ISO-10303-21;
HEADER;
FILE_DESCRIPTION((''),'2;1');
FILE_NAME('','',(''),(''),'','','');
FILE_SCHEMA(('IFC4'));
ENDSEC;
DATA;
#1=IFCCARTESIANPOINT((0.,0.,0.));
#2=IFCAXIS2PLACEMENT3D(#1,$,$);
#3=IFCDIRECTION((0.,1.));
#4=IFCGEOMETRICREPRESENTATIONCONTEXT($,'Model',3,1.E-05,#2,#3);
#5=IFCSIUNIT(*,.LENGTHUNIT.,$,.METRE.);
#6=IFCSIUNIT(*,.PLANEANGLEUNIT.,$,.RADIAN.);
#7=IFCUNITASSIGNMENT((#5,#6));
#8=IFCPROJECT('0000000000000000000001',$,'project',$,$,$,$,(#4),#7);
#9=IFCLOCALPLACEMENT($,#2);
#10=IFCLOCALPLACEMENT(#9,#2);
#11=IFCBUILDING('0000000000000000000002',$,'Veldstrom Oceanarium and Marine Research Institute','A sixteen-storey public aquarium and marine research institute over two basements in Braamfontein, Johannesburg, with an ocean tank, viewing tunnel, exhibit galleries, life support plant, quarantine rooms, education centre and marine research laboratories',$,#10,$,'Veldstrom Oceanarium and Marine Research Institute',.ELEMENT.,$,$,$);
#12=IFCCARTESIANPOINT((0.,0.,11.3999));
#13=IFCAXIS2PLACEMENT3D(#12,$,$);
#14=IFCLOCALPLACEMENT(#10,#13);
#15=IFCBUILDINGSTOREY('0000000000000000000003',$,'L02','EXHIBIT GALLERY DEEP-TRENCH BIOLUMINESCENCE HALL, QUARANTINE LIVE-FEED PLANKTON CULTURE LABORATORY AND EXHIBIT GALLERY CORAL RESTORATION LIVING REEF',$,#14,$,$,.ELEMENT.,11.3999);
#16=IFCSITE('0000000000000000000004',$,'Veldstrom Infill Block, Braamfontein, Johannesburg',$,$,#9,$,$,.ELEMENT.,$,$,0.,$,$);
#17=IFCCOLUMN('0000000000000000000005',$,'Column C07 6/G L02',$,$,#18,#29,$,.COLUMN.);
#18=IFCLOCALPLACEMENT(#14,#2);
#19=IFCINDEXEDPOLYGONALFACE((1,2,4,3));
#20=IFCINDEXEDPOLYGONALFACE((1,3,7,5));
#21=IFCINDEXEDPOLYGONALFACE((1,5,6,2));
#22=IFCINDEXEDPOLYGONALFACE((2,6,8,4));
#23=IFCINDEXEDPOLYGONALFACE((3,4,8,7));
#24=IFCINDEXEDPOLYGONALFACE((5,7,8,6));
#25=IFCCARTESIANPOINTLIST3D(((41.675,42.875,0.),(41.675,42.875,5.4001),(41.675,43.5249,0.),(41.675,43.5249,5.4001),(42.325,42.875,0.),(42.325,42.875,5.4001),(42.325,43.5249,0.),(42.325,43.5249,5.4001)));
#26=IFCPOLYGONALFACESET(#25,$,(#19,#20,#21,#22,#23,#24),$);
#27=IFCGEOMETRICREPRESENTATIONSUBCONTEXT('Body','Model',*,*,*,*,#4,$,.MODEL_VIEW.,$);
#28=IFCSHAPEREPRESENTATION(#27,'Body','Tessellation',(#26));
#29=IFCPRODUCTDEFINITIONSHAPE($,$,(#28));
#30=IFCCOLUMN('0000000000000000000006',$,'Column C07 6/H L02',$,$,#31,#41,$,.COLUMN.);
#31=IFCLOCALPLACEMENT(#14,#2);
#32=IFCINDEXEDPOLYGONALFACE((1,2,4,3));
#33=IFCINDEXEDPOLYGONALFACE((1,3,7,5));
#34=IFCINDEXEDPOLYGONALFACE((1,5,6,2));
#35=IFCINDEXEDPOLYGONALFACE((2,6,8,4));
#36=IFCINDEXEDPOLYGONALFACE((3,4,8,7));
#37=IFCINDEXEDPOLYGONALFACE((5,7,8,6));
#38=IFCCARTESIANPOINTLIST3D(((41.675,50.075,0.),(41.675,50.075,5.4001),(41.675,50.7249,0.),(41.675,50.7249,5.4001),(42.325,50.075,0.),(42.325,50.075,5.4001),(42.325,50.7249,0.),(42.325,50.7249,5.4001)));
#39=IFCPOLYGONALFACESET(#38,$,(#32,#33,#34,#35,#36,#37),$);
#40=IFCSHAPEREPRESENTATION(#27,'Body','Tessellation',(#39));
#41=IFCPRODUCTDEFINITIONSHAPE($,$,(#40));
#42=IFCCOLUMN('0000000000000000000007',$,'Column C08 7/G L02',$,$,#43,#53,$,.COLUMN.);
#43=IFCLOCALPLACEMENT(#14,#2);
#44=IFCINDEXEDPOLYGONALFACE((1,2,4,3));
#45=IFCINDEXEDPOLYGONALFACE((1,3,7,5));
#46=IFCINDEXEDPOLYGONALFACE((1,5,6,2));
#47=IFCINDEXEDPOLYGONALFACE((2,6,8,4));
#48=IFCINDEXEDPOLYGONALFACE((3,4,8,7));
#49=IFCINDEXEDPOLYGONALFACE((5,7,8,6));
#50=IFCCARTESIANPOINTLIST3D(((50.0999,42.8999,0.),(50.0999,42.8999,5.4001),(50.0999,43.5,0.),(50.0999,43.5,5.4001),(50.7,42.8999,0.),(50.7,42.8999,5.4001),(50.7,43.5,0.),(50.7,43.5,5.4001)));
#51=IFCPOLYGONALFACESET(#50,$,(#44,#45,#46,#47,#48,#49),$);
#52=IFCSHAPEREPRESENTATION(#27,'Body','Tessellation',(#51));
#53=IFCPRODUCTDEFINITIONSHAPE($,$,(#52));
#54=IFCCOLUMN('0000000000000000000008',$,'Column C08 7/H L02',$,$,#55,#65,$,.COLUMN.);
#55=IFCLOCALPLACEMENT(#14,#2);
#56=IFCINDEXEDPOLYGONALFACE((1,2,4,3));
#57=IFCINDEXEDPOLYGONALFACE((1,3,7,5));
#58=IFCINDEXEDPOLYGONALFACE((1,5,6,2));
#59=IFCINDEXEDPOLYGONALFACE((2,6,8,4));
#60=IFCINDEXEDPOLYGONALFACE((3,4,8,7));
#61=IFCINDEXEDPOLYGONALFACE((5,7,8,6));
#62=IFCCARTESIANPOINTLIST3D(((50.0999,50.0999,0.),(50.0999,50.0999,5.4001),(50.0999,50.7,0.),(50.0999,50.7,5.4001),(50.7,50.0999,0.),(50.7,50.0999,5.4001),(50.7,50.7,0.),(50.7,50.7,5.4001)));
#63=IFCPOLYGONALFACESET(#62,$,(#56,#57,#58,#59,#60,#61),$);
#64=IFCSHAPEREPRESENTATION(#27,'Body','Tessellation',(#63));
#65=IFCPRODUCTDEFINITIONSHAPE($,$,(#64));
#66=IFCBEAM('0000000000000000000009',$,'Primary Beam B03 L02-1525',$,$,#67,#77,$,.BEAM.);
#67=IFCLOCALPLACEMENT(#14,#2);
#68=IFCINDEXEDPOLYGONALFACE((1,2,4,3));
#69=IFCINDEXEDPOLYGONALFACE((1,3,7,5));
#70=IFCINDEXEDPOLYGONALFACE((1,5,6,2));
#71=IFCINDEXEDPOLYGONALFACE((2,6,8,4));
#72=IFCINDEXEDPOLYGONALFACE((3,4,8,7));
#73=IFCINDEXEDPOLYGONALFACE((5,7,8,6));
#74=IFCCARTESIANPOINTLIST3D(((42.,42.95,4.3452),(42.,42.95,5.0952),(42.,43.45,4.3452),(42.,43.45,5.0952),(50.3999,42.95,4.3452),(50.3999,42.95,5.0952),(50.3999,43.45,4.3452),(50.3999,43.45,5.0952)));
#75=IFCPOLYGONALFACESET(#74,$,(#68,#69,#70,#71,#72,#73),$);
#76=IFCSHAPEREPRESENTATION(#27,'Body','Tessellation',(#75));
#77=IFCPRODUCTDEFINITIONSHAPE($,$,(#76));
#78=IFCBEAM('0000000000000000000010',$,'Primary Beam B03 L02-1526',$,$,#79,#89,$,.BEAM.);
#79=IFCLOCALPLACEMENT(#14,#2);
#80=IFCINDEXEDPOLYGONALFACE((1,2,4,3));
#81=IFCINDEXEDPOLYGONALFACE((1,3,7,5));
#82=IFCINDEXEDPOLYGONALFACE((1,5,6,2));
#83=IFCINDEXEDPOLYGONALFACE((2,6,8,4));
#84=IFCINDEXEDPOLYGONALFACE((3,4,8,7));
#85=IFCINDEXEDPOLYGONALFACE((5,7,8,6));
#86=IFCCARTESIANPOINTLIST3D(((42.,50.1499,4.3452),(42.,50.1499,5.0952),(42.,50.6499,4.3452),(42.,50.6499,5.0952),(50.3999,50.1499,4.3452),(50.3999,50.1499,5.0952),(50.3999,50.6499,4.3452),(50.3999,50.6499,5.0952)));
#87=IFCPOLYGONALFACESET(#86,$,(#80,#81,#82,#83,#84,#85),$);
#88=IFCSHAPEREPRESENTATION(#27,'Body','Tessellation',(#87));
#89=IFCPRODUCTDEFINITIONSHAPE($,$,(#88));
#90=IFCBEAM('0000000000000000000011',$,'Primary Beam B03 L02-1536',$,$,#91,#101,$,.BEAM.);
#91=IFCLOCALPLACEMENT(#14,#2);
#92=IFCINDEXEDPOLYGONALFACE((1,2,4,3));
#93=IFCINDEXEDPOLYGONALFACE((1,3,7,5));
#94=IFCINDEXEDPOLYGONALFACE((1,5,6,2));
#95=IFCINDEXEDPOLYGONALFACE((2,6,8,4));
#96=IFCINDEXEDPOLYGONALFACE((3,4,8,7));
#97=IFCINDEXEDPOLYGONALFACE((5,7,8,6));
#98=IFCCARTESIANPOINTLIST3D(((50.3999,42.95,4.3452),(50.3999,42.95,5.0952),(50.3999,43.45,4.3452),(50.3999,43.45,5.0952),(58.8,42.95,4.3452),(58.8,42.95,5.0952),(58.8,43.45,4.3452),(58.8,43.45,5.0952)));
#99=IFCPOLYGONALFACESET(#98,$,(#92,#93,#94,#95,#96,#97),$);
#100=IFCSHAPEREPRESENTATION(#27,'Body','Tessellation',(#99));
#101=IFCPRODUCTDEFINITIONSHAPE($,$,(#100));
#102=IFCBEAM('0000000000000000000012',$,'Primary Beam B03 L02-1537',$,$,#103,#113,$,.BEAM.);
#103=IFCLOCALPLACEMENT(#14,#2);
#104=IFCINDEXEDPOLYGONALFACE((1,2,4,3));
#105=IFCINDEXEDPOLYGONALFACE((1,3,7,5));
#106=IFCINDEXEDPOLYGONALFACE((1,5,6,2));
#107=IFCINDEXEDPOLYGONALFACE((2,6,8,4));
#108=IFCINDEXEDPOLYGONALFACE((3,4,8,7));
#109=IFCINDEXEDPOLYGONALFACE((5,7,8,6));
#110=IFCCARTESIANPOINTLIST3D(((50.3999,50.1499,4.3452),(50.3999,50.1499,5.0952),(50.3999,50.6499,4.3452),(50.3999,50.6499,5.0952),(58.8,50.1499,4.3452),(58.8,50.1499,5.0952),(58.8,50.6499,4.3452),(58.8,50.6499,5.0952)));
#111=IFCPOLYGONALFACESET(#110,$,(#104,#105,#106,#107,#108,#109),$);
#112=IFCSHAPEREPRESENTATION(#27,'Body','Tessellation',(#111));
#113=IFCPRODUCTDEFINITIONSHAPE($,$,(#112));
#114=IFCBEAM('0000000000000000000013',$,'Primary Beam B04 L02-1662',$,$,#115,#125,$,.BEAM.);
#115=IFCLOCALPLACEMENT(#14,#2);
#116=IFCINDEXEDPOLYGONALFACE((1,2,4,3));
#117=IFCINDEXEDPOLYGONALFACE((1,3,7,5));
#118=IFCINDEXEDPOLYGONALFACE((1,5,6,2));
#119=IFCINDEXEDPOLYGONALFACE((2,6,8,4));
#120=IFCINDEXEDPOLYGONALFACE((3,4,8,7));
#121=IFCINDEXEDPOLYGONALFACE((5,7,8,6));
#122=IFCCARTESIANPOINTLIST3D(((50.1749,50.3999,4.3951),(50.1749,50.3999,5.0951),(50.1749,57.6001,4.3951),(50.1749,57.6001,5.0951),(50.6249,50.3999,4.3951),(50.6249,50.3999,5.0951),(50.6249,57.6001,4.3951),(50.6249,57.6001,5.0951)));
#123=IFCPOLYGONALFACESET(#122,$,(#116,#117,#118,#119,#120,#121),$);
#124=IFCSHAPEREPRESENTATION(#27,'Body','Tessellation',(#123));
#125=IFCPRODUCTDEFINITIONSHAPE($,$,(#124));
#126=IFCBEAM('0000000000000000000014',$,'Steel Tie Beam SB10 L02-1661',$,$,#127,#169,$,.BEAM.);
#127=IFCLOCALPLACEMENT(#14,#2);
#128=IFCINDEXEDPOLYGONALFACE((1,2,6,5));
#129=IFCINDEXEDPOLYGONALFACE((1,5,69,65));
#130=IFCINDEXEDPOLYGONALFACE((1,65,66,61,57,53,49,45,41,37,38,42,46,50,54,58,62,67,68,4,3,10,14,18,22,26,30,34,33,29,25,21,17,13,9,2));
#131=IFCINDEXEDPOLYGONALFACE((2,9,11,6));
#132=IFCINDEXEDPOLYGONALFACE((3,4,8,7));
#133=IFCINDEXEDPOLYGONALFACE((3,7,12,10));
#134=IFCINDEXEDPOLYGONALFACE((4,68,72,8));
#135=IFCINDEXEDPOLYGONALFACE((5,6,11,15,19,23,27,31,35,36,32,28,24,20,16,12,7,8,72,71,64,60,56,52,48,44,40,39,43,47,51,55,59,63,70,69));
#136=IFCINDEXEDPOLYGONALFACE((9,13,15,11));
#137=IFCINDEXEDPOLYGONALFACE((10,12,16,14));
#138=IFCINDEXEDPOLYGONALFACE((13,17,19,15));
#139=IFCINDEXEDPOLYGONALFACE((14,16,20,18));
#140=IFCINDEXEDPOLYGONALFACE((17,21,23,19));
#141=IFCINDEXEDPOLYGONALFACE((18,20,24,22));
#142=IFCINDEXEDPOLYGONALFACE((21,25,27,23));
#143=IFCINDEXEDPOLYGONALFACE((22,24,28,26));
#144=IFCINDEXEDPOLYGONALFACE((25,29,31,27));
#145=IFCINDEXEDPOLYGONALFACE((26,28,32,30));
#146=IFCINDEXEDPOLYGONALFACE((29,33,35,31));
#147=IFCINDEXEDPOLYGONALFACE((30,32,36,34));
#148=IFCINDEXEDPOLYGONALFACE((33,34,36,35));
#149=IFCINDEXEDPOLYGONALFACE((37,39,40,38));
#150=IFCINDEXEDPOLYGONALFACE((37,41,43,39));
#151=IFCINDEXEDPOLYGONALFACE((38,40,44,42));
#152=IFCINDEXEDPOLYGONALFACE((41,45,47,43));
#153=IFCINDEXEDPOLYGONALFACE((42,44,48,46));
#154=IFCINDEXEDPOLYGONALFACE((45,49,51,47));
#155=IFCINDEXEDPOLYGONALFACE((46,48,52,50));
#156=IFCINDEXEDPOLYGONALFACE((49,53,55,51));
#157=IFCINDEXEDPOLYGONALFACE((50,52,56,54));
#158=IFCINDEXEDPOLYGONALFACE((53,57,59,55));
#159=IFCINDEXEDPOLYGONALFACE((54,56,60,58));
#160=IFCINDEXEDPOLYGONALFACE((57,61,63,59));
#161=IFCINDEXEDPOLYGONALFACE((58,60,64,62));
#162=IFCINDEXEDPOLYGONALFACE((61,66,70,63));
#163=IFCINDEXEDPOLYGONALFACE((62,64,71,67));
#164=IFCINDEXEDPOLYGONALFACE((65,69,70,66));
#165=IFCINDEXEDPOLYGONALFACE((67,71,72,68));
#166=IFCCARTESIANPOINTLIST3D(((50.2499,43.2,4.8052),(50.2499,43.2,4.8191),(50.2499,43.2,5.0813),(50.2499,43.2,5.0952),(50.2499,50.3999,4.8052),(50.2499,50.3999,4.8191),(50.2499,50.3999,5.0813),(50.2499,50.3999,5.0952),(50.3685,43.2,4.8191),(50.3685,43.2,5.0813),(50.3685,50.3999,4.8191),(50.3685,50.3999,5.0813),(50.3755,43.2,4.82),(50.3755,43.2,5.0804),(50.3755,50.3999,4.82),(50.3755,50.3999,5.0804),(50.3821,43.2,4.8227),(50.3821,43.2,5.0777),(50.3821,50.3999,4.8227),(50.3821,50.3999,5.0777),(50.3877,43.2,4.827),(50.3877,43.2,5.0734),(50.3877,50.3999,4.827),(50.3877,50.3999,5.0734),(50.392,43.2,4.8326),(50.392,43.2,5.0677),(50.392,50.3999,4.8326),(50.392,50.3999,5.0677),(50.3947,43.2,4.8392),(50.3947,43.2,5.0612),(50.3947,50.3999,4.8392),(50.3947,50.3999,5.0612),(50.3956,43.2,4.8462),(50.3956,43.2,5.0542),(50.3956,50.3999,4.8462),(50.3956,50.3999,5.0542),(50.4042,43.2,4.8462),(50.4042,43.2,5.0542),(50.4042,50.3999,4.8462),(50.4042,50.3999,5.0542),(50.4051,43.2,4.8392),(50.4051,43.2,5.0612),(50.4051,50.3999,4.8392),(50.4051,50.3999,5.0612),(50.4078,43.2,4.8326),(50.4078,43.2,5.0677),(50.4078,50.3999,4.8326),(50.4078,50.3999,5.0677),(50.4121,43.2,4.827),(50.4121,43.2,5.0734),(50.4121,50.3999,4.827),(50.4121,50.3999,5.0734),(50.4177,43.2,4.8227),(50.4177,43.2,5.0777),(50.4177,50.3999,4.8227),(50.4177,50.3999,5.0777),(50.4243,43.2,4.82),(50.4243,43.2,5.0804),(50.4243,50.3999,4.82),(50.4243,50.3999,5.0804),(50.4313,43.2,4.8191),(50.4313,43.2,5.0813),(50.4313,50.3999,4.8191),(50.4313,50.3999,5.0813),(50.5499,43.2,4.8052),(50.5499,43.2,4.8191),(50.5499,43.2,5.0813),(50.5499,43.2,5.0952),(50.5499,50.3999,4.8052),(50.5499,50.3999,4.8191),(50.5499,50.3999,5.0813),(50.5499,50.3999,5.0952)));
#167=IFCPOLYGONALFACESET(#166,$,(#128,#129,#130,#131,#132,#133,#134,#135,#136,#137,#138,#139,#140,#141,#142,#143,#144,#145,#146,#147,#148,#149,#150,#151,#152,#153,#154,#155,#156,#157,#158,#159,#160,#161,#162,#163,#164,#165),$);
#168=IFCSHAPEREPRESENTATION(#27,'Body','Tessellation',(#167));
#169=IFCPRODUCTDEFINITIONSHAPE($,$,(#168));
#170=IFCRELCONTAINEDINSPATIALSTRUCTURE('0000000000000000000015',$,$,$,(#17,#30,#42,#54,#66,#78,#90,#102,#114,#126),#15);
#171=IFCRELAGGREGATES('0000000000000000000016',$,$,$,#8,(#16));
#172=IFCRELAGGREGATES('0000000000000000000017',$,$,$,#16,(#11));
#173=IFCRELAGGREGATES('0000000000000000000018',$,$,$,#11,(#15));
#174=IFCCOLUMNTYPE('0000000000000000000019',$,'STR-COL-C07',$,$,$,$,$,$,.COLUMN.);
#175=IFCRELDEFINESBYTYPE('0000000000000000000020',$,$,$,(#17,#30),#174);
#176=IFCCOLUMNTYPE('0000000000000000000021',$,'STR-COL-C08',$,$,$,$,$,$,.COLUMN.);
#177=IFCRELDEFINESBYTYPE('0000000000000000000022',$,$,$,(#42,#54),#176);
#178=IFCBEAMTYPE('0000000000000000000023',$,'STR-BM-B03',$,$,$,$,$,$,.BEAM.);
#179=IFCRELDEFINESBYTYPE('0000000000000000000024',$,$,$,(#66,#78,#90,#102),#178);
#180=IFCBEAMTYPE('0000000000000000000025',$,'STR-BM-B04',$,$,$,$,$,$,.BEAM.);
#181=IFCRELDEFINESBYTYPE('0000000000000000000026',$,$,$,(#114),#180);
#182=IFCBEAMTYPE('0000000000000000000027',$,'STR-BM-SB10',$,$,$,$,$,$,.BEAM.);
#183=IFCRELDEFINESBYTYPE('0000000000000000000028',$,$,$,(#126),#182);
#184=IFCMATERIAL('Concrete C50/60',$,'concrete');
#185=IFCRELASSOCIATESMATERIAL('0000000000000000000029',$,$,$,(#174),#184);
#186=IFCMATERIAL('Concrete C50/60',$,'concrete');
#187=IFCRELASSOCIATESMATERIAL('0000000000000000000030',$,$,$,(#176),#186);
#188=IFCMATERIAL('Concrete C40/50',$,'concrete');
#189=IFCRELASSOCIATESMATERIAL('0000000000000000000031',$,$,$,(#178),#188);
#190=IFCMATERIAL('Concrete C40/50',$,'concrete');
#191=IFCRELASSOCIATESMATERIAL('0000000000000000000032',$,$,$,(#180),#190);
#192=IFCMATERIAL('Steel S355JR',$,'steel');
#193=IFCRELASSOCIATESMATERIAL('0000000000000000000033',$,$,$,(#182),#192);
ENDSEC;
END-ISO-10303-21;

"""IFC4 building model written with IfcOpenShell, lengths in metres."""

from ifc_helpers import new_model, si_unit, direction, frame, origin, origin_2d, place, context, subcontext, project, spatial, rectangle, i_section, extrude, material, material_profile, profile_set, type_object, element, save


model = new_model("IFC4")

# Units and contexts
model_context = context("Model", 3, precision=1e-05, world=origin(), true_north=direction((0.0, 1.0)))
body_context = subcontext(model_context, "Body", "Model", "MODEL_VIEW")
ifc_project = project(units=[si_unit("LENGTHUNIT", "METRE"), si_unit("PLANEANGLEUNIT", "RADIAN")], contexts=[model_context])

# Site, building, storey
site_placement = place(None, origin())
site = spatial("IfcSite", under=ifc_project, at=site_placement, Name="Veldstrom Infill Block, Braamfontein, Johannesburg", CompositionType="ELEMENT", RefElevation=0.0)
building_placement = place(site_placement, origin())
building = spatial("IfcBuilding", under=site, at=building_placement, Name="Veldstrom Oceanarium and Marine Research Institute", Description="A sixteen-storey public aquarium and marine research institute over two basements in Braamfontein, Johannesburg, with an ocean tank, viewing tunnel, exhibit galleries, life support plant, quarantine rooms, education centre and marine research laboratories", LongName="Veldstrom Oceanarium and Marine Research Institute", CompositionType="ELEMENT")
storey_placement = place(building_placement, frame((0.0, 0.0, 11.3999)))
storey = spatial("IfcBuildingStorey", under=building, at=storey_placement, Name="L02", Description="EXHIBIT GALLERY DEEP-TRENCH BIOLUMINESCENCE HALL, QUARANTINE LIVE-FEED PLANKTON CULTURE LABORATORY AND EXHIBIT GALLERY CORAL RESTORATION LIVING REEF", CompositionType="ELEMENT", Elevation=11.3999)

# Columns
ifc_material_1 = material(Name="Concrete C50/60", Category="concrete")
ifc_material_profile_1 = material_profile(ifc_material_1, rectangle(XDim=0.6499, YDim=0.6499, at=origin_2d()), Name="RC-COL-650x650")
ifc_profile_set_1 = profile_set([ifc_material_profile_1], Name="Concrete C50/60")
column_type_1 = type_object("IfcColumnType", Name="STR-COL-C07", PredefinedType="COLUMN", material=ifc_profile_set_1)
for number, where, z_axis, x_axis, name in (
    (1, (42.0, 43.2, 0.0), (0.0, 0.0, 1.0), (1.0, 0.0, 0.0), "Column C07 6/G L02"),
    (2, (42.0, 50.3999, 0.0), (0.0, 0.0, 1.0), (1.0, 0.0, 0.0), "Column C07 6/H L02"),
):
    element("IfcColumn", number, at=place(storey_placement, frame(where, z_axis=z_axis, x_axis=x_axis)), inside=storey, type_object=column_type_1, Name=name, PredefinedType="COLUMN", context=body_context, shape_type="SweptSolid", body=[
        extrude(rectangle(XDim=0.6499, YDim=0.6499, at=origin_2d()), origin(), (0.0, 0.0, 1.0), 5.4001),
    ])
ifc_material_2 = material(Name="Concrete C50/60", Category="concrete")
ifc_material_profile_2 = material_profile(ifc_material_2, rectangle(XDim=0.6001, YDim=0.6001, at=origin_2d()), Name="RC-COL-600x600")
ifc_profile_set_2 = profile_set([ifc_material_profile_2], Name="Concrete C50/60")
column_type_2 = type_object("IfcColumnType", Name="STR-COL-C08", PredefinedType="COLUMN", material=ifc_profile_set_2)
for number, where, z_axis, x_axis, name in (
    (3, (50.3999, 43.2, 0.0), (0.0, 0.0, 1.0), (1.0, 0.0, 0.0), "Column C08 7/G L02"),
    (4, (50.3999, 50.3999, 0.0), (0.0, 0.0, 1.0), (1.0, 0.0, 0.0), "Column C08 7/H L02"),
):
    element("IfcColumn", number, at=place(storey_placement, frame(where, z_axis=z_axis, x_axis=x_axis)), inside=storey, type_object=column_type_2, Name=name, PredefinedType="COLUMN", context=body_context, shape_type="SweptSolid", body=[
        extrude(rectangle(XDim=0.6001, YDim=0.6001, at=origin_2d()), origin(), (0.0, 0.0, 1.0), 5.4001),
    ])

# Beams
ifc_material_3 = material(Name="Concrete C40/50", Category="concrete")
ifc_material_profile_3 = material_profile(ifc_material_3, rectangle(XDim=0.5, YDim=0.75, at=origin_2d()), Name="RC-BM-500x750")
ifc_profile_set_3 = profile_set([ifc_material_profile_3], Name="Concrete C40/50")
beam_type_1 = type_object("IfcBeamType", Name="STR-BM-B03", PredefinedType="BEAM", material=ifc_profile_set_3)
for number, where, z_axis, x_axis, name in (
    (5, (42.0, 43.2, 4.7202), (1.0, 0.0, 0.0), (0.0, 1.0, 0.0), "Primary Beam B03 L02-1525"),
    (6, (42.0, 50.3999, 4.7202), (1.0, 0.0, 0.0), (0.0, 1.0, 0.0), "Primary Beam B03 L02-1526"),
):
    element("IfcBeam", number, at=place(storey_placement, frame(where, z_axis=z_axis, x_axis=x_axis)), inside=storey, type_object=beam_type_1, Name=name, PredefinedType="BEAM", context=body_context, shape_type="SweptSolid", body=[
        extrude(rectangle(XDim=0.5, YDim=0.75, at=origin_2d()), origin(), (0.0, 0.0, 1.0), 8.3999),
    ])
for number, where, z_axis, x_axis, name in (
    (7, (50.3999, 43.2, 4.7202), (1.0, 0.0, 0.0), (0.0, 1.0, 0.0), "Primary Beam B03 L02-1536"),
    (8, (50.3999, 50.3999, 4.7202), (1.0, 0.0, 0.0), (0.0, 1.0, 0.0), "Primary Beam B03 L02-1537"),
):
    element("IfcBeam", number, at=place(storey_placement, frame(where, z_axis=z_axis, x_axis=x_axis)), inside=storey, type_object=beam_type_1, Name=name, PredefinedType="BEAM", context=body_context, shape_type="SweptSolid", body=[
        extrude(rectangle(XDim=0.5, YDim=0.75, at=origin_2d()), origin(), (0.0, 0.0, 1.0), 8.4001),
    ])
ifc_material_4 = material(Name="Concrete C40/50", Category="concrete")
ifc_material_profile_4 = material_profile(ifc_material_4, rectangle(XDim=0.45, YDim=0.7, at=origin_2d()), Name="RC-BM-450x700")
ifc_profile_set_4 = profile_set([ifc_material_profile_4], Name="Concrete C40/50")
beam_type_2 = type_object("IfcBeamType", Name="STR-BM-B04", PredefinedType="BEAM", material=ifc_profile_set_4)
beam_1_placement = place(storey_placement, frame((50.3999, 50.3999, 4.7451), z_axis=(0.0, 1.0, 0.0), x_axis=(-1.0, 0.0, 0.0)))
element("IfcBeam", 9, at=beam_1_placement, inside=storey, type_object=beam_type_2, Name="Primary Beam B04 L02-1662", PredefinedType="BEAM", context=body_context, shape_type="SweptSolid", body=[
    extrude(rectangle(XDim=0.45, YDim=0.7, at=origin_2d()), origin(), (0.0, 0.0, 1.0), 7.2002),
])
ifc_material_5 = material(Name="Steel S355JR", Category="steel")
ifc_material_profile_5 = material_profile(ifc_material_5, i_section(OverallWidth=0.3, OverallDepth=0.29, WebThickness=0.0085, FlangeThickness=0.0139, FilletRadius=0.0271, at=origin_2d()), Name="HEA 300")
ifc_profile_set_5 = profile_set([ifc_material_profile_5], Name="Steel S355JR")
beam_type_3 = type_object("IfcBeamType", Name="STR-BM-SB10", PredefinedType="BEAM", material=ifc_profile_set_5)
beam_2_placement = place(storey_placement, frame((50.3999, 43.2, 4.9502), z_axis=(0.0, 1.0, 0.0), x_axis=(-1.0, 0.0, 0.0)))
element("IfcBeam", 10, at=beam_2_placement, inside=storey, type_object=beam_type_3, Name="Steel Tie Beam SB10 L02-1661", PredefinedType="BEAM", context=body_context, shape_type="SweptSolid", body=[
    extrude(i_section(OverallWidth=0.3, OverallDepth=0.29, WebThickness=0.0085, FlangeThickness=0.0139, FilletRadius=0.0271, at=origin_2d()), origin(), (0.0, 0.0, 1.0), 7.2),
])

save(model, "model.ifc")
